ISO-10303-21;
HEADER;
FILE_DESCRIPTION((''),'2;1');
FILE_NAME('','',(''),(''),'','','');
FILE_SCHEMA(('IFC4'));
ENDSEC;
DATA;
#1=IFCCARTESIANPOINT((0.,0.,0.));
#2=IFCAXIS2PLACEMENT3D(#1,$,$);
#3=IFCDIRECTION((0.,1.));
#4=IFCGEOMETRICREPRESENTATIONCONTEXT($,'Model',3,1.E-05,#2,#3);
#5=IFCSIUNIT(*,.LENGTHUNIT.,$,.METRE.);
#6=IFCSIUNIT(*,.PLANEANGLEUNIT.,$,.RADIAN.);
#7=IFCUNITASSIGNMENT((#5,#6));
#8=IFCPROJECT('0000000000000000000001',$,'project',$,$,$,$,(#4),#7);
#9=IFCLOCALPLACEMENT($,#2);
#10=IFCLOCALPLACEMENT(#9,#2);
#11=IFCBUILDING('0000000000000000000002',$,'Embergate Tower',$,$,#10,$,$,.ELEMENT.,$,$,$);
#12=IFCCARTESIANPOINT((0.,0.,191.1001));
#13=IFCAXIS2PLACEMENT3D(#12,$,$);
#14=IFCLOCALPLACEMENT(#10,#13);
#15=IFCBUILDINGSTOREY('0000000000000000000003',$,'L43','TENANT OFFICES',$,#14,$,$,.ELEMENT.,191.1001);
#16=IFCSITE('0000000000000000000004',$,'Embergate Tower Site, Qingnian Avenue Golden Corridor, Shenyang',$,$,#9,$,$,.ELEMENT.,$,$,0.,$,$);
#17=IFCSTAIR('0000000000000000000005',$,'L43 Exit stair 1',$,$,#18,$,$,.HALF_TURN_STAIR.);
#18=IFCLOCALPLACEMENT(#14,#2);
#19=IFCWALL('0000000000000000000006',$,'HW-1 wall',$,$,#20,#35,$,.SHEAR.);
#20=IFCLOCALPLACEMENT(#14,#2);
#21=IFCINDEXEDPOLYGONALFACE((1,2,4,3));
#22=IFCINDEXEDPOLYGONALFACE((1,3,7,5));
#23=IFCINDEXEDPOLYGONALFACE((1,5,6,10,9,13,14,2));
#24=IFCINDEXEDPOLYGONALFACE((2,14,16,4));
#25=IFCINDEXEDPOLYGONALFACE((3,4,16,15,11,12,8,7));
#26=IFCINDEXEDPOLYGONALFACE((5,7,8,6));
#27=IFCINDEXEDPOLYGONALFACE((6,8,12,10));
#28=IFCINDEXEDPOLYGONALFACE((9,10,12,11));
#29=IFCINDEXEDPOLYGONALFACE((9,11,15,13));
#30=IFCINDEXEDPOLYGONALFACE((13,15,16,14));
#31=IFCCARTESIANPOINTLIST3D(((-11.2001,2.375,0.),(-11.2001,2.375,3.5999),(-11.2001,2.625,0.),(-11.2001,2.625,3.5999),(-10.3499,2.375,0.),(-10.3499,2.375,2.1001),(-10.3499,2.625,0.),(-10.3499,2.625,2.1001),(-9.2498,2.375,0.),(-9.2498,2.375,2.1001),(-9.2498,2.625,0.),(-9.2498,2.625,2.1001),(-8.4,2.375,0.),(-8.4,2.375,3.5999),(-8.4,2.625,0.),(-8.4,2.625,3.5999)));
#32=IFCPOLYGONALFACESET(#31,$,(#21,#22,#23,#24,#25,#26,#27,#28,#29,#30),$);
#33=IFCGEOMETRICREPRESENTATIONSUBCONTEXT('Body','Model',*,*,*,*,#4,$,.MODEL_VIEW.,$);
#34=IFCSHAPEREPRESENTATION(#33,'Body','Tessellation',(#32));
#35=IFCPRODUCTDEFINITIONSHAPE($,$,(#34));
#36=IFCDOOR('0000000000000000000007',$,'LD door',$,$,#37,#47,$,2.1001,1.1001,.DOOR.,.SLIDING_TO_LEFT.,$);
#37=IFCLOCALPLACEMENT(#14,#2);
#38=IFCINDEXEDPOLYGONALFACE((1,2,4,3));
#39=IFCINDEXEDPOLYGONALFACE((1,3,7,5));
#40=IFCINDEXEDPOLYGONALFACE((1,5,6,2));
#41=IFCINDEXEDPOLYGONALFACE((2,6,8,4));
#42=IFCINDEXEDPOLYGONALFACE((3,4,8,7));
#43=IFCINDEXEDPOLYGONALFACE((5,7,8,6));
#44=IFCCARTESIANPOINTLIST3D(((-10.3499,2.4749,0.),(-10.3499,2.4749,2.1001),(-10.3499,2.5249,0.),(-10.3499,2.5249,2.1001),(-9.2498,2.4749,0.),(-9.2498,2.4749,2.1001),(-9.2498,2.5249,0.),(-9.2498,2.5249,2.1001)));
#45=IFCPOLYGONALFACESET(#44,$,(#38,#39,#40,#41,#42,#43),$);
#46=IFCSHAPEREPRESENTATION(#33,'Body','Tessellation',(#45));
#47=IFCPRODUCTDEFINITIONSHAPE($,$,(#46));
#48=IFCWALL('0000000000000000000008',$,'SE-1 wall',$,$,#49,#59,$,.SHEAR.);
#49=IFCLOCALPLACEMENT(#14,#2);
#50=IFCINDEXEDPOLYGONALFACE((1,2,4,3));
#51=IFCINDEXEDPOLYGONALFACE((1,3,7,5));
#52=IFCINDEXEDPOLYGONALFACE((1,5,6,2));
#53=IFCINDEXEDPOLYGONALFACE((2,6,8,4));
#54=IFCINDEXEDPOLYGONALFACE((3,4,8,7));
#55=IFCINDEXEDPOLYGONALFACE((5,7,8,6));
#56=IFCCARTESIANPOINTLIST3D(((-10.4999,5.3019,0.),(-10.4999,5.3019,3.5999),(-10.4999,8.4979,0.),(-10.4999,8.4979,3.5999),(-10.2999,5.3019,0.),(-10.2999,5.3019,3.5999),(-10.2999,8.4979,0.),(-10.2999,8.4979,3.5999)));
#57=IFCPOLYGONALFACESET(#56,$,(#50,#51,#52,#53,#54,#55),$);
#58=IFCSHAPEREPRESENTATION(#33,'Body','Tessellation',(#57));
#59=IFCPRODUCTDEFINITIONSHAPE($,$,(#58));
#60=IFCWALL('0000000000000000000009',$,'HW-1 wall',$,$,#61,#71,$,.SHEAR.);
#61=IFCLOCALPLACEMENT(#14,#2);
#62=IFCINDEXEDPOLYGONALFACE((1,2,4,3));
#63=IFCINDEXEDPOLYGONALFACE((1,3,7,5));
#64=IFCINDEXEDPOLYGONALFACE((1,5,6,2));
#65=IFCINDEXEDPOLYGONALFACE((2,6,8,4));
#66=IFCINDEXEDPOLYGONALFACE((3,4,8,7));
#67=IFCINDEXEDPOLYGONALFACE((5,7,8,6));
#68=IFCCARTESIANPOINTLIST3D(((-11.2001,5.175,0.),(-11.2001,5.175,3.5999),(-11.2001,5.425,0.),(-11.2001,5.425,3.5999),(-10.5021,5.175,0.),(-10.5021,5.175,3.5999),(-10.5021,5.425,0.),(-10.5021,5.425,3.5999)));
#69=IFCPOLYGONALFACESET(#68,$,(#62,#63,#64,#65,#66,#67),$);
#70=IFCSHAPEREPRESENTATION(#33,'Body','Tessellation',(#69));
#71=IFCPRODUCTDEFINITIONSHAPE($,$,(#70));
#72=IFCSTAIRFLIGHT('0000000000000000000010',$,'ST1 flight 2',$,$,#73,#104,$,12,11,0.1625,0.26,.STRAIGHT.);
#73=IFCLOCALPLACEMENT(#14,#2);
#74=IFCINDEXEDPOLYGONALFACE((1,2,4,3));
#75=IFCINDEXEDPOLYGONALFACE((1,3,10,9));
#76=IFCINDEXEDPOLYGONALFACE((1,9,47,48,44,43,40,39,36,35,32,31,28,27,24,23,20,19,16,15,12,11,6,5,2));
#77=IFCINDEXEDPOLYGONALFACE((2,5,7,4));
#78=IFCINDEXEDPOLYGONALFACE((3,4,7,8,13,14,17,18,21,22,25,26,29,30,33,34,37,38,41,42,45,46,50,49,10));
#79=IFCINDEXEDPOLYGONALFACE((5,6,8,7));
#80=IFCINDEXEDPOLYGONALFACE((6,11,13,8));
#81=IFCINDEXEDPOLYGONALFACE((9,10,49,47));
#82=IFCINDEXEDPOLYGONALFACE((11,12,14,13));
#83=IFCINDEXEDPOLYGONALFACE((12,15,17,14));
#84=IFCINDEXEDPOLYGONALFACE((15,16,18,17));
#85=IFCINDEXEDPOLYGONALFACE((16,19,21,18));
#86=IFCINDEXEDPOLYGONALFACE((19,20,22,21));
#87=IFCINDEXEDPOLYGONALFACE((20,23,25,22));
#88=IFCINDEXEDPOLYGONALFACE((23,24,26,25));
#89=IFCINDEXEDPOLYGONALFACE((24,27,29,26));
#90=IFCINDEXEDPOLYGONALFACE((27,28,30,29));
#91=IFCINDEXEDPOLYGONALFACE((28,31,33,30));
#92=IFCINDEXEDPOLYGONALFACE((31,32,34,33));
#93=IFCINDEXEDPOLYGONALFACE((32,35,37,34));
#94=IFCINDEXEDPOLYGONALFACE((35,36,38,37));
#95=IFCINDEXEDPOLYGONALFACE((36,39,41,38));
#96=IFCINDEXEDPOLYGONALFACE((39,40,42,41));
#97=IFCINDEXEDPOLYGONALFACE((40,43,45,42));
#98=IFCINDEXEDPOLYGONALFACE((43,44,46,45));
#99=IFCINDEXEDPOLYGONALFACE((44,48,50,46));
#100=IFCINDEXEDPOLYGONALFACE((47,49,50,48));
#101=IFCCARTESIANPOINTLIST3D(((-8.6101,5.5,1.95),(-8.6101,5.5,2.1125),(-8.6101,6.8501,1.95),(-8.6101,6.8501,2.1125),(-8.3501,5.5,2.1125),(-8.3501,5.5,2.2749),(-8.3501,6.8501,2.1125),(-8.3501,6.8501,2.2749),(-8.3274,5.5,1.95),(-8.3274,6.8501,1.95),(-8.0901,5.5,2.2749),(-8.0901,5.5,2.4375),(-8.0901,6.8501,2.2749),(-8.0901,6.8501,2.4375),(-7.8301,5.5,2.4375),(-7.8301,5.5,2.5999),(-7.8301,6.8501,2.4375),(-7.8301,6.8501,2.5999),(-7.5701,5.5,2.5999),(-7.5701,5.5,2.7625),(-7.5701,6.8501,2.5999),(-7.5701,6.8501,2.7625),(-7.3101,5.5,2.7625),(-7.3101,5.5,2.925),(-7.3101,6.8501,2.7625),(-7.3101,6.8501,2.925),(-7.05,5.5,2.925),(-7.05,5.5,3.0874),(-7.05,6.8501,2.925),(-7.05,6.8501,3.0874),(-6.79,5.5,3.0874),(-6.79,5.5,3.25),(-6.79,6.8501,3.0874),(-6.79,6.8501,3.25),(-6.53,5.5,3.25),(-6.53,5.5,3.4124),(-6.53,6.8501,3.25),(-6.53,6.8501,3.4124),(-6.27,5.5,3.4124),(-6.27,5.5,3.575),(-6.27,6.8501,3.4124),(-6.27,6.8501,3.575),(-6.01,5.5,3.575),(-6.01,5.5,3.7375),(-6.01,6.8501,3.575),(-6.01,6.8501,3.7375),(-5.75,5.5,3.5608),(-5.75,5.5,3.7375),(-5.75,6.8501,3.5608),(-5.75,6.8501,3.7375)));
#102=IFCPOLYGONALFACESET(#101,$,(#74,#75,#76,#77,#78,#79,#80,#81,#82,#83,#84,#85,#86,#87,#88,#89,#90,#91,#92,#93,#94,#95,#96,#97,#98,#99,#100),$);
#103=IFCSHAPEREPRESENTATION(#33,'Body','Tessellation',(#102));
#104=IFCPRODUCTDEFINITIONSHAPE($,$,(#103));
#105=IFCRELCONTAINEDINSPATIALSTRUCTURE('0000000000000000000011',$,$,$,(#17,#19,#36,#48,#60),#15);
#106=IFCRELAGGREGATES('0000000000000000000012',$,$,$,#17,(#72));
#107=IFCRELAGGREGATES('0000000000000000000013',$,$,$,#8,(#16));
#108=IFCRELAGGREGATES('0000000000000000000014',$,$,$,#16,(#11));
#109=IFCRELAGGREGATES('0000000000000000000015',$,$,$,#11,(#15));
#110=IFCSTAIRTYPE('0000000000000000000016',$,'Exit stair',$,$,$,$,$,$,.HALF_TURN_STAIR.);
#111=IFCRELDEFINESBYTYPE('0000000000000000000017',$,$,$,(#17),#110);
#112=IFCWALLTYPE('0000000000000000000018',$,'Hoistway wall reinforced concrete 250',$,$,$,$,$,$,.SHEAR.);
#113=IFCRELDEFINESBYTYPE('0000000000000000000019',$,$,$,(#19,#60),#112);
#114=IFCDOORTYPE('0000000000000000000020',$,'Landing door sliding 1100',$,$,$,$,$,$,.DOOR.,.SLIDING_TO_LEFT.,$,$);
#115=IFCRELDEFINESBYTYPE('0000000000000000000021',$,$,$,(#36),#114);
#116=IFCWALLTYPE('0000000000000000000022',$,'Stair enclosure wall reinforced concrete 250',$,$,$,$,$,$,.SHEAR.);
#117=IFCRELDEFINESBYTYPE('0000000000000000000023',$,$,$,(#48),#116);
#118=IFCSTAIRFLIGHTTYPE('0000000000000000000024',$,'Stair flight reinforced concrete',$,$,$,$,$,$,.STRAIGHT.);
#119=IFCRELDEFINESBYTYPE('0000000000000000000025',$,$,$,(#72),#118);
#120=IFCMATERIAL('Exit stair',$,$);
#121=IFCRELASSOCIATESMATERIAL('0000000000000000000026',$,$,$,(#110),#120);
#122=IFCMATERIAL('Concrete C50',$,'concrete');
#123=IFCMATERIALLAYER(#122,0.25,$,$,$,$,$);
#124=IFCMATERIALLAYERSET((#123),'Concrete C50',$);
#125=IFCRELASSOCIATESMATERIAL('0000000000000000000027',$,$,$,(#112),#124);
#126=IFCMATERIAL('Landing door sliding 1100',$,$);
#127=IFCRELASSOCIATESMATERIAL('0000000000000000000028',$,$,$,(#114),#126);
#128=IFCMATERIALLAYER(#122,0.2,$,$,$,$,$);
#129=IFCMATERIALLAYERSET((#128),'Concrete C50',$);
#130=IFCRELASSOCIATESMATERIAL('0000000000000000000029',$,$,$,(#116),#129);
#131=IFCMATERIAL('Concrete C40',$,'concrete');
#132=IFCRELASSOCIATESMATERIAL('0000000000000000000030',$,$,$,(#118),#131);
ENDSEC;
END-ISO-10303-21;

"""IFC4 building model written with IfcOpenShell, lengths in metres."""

from ifc_helpers import new_model, si_unit, direction, frame, frame_2d, origin, place, context, subcontext, project, spatial, polyline, rectangle, outline, extrude, source, transform, mapped, material, layer, layer_set, type_object, element, fill, aggregate, save


model = new_model("IFC4")

# Units and contexts
model_context = context("Model", 3, precision=1e-05, world=origin(), true_north=direction((0.0, 1.0)))
body_context = subcontext(model_context, "Body", "Model", "MODEL_VIEW")
ifc_project = project(units=[si_unit("LENGTHUNIT", "METRE"), si_unit("PLANEANGLEUNIT", "RADIAN")], contexts=[model_context])

# Site, building, storey
site_placement = place(None, origin())
site = spatial("IfcSite", under=ifc_project, at=site_placement, Name="Embergate Tower Site, Qingnian Avenue Golden Corridor, Shenyang", CompositionType="ELEMENT", RefElevation=0.0)
building_placement = place(site_placement, origin())
building = spatial("IfcBuilding", under=site, at=building_placement, Name="Embergate Tower", CompositionType="ELEMENT")
storey_placement = place(building_placement, frame((0.0, 0.0, 191.1001)))
storey = spatial("IfcBuildingStorey", under=building, at=storey_placement, Name="L43", Description="TENANT OFFICES", CompositionType="ELEMENT", Elevation=191.1001)

# Stair
ifc_material_1 = material(Name="Exit stair")
stair_type = type_object("IfcStairType", Name="Exit stair", PredefinedType="HALF_TURN_STAIR", material=ifc_material_1)
stair_placement = place(storey_placement, origin())
stair = element("IfcStair", 1, at=stair_placement, inside=storey, type_object=stair_type, Name="L43 Exit stair 1", PredefinedType="HALF_TURN_STAIR")
ifc_material_2 = material(Name="Concrete C40", Category="concrete")

# Shared definitions
ifc_material_3 = material(Name="Concrete C50", Category="concrete")
ifc_layer_1 = layer(ifc_material_3, 0.25)
ifc_layer_set_1 = layer_set([ifc_layer_1], Name="Concrete C50")
wall_type_1 = type_object("IfcWallType", Name="Hoistway wall reinforced concrete 250", PredefinedType="SHEAR", material=ifc_layer_set_1)

# Wall, opening, door
shared_shape_1 = source(origin(), body_context, "Body", "SweptSolid", [
    extrude(rectangle(XDim=2.8, YDim=0.25, at=frame_2d((1.3999, 0.0))), origin(), (0.0, 0.0, 1.0), 3.5999),
])
wall_1_placement = place(storey_placement, frame((-11.2, 2.5, 0.0), z_axis=(0.0, 0.0, 1.0), x_axis=(1.0, 0.0, 0.0)))
wall_1 = element("IfcWall", 2, at=wall_1_placement, inside=storey, type_object=wall_type_1, Name="HW-1 wall", PredefinedType="SHEAR", context=body_context, shape_type="MappedRepresentation", body=[
    mapped(shared_shape_1, transform((0.0, 0.0, 0.0))),
])
shared_shape_2 = source(origin(), body_context, "Body", "SweptSolid", [
    extrude(rectangle(XDim=1.1001, YDim=2.1001, at=frame_2d((0.55, 1.05))), frame((0.0, 0.135, 0.0), z_axis=(0.0, -1.0, 0.0), x_axis=(1.0, 0.0, 0.0)), (0.0, 0.0, 1.0), 0.27),
])
opening_1_placement = place(wall_1_placement, frame((0.8501, 0.0, 0.0)))
opening_1 = element("IfcOpeningElement", 3, at=opening_1_placement, cuts=wall_1, PredefinedType="OPENING", context=body_context, shape_type="MappedRepresentation", body=[
    mapped(shared_shape_2, transform((0.0, 0.0, 0.0))),
])
ifc_material_4 = material(Name="Landing door sliding 1100")
door_type_1 = type_object("IfcDoorType", Name="Landing door sliding 1100", OperationType="SLIDING_TO_LEFT", PredefinedType="DOOR", material=ifc_material_4)
shared_shape_3 = source(origin(), body_context, "Body", "SweptSolid", [
    extrude(rectangle(XDim=1.1001, YDim=2.1001, at=frame_2d((0.55, 1.05))), frame((0.0, 0.0249, 0.0), z_axis=(0.0, -1.0, 0.0), x_axis=(1.0, 0.0, 0.0)), (0.0, 0.0, 1.0), 0.05),
])
door_1_placement = place(opening_1_placement, origin())
door_1 = element("IfcDoor", 4, at=door_1_placement, inside=storey, type_object=door_type_1, Name="LD door", OperationType="SLIDING_TO_LEFT", OverallHeight=2.1001, OverallWidth=1.1001, PredefinedType="DOOR", context=body_context, shape_type="MappedRepresentation", body=[
    mapped(shared_shape_3, transform((0.0, 0.0, 0.0))),
])
fill(opening_1, door_1)

# Walls
ifc_layer_2 = layer(ifc_material_3, 0.2)
ifc_layer_set_2 = layer_set([ifc_layer_2], Name="Concrete C50")
wall_type_2 = type_object("IfcWallType", Name="Stair enclosure wall reinforced concrete 250", PredefinedType="SHEAR", material=ifc_layer_set_2)
shared_shape_4 = source(origin(), body_context, "Body", "SweptSolid", [
    extrude(rectangle(XDim=3.196, YDim=0.2, at=frame_2d((1.5981, 0.0))), origin(), (0.0, 0.0, 1.0), 3.5999),
])
wall_2_placement = place(storey_placement, frame((-10.3999, 8.498, 0.0), z_axis=(0.0, 0.0, 1.0), x_axis=(0.0, -1.0, 0.0)))
element("IfcWall", 5, at=wall_2_placement, inside=storey, type_object=wall_type_2, Name="SE-1 wall", PredefinedType="SHEAR", context=body_context, shape_type="MappedRepresentation", body=[
    mapped(shared_shape_4, transform((0.0, 0.0, 0.0))),
])
shared_shape_5 = source(origin(), body_context, "Body", "SweptSolid", [
    extrude(rectangle(XDim=0.698, YDim=0.25, at=frame_2d((0.3491, 0.0))), origin(), (0.0, 0.0, 1.0), 3.5999),
])
wall_3_placement = place(storey_placement, frame((-10.502, 5.3, 0.0), z_axis=(0.0, 0.0, 1.0), x_axis=(-1.0, 0.0, 0.0)))
element("IfcWall", 6, at=wall_3_placement, inside=storey, type_object=wall_type_1, Name="HW-1 wall", PredefinedType="SHEAR", context=body_context, shape_type="MappedRepresentation", body=[
    mapped(shared_shape_5, transform((0.0, 0.0, 0.0))),
])

# Stair flight
stair_flight_type = type_object("IfcStairFlightType", Name="Stair flight reinforced concrete", PredefinedType="STRAIGHT", material=ifc_material_2)
shared_shape_6 = source(origin(), body_context, "Body", "SweptSolid", [
    extrude(outline(polyline([(0.0, 0.0), (0.0, 0.1626), (0.26, 0.1626), (0.26, 0.325), (0.52, 0.325), (0.52, 0.4875), (0.78, 0.4875), (0.78, 0.6499), (1.04, 0.6499), (1.04, 0.8125), (1.3, 0.8125), (1.3, 0.9751), (1.5601, 0.9751), (1.5601, 1.1375), (1.8201, 1.1375), (1.8201, 1.3), (2.0801, 1.3), (2.0801, 1.4624), (2.3401, 1.4624), (2.3401, 1.625), (2.6001, 1.625), (2.6001, 1.7876), (2.8601, 1.7876), (2.8601, 1.95), (2.8601, 1.6108), (0.2827, 0.0), (0.0, 0.0)])), frame((0.0, 0.675, 0.0), z_axis=(0.0, -1.0, 0.0), x_axis=(1.0, 0.0, 0.0)), (0.0, 0.0, 1.0), 1.3501),
])
stair_flight_placement = place(storey_placement, frame((-8.6101, 6.175, 1.95), z_axis=(0.0, 0.0, 1.0), x_axis=(1.0, 0.0, 0.0)))
stair_flight = element("IfcStairFlight", 7, at=stair_flight_placement, type_object=stair_flight_type, Name="ST1 flight 2", NumberOfRisers=12, NumberOfTreads=11, PredefinedType="STRAIGHT", RiserHeight=0.1625, TreadLength=0.26, context=body_context, shape_type="MappedRepresentation", body=[
    mapped(shared_shape_6, transform((0.0, 0.0, 0.0))),
])
aggregate(stair, [stair_flight])

save(model, "model.ifc")
